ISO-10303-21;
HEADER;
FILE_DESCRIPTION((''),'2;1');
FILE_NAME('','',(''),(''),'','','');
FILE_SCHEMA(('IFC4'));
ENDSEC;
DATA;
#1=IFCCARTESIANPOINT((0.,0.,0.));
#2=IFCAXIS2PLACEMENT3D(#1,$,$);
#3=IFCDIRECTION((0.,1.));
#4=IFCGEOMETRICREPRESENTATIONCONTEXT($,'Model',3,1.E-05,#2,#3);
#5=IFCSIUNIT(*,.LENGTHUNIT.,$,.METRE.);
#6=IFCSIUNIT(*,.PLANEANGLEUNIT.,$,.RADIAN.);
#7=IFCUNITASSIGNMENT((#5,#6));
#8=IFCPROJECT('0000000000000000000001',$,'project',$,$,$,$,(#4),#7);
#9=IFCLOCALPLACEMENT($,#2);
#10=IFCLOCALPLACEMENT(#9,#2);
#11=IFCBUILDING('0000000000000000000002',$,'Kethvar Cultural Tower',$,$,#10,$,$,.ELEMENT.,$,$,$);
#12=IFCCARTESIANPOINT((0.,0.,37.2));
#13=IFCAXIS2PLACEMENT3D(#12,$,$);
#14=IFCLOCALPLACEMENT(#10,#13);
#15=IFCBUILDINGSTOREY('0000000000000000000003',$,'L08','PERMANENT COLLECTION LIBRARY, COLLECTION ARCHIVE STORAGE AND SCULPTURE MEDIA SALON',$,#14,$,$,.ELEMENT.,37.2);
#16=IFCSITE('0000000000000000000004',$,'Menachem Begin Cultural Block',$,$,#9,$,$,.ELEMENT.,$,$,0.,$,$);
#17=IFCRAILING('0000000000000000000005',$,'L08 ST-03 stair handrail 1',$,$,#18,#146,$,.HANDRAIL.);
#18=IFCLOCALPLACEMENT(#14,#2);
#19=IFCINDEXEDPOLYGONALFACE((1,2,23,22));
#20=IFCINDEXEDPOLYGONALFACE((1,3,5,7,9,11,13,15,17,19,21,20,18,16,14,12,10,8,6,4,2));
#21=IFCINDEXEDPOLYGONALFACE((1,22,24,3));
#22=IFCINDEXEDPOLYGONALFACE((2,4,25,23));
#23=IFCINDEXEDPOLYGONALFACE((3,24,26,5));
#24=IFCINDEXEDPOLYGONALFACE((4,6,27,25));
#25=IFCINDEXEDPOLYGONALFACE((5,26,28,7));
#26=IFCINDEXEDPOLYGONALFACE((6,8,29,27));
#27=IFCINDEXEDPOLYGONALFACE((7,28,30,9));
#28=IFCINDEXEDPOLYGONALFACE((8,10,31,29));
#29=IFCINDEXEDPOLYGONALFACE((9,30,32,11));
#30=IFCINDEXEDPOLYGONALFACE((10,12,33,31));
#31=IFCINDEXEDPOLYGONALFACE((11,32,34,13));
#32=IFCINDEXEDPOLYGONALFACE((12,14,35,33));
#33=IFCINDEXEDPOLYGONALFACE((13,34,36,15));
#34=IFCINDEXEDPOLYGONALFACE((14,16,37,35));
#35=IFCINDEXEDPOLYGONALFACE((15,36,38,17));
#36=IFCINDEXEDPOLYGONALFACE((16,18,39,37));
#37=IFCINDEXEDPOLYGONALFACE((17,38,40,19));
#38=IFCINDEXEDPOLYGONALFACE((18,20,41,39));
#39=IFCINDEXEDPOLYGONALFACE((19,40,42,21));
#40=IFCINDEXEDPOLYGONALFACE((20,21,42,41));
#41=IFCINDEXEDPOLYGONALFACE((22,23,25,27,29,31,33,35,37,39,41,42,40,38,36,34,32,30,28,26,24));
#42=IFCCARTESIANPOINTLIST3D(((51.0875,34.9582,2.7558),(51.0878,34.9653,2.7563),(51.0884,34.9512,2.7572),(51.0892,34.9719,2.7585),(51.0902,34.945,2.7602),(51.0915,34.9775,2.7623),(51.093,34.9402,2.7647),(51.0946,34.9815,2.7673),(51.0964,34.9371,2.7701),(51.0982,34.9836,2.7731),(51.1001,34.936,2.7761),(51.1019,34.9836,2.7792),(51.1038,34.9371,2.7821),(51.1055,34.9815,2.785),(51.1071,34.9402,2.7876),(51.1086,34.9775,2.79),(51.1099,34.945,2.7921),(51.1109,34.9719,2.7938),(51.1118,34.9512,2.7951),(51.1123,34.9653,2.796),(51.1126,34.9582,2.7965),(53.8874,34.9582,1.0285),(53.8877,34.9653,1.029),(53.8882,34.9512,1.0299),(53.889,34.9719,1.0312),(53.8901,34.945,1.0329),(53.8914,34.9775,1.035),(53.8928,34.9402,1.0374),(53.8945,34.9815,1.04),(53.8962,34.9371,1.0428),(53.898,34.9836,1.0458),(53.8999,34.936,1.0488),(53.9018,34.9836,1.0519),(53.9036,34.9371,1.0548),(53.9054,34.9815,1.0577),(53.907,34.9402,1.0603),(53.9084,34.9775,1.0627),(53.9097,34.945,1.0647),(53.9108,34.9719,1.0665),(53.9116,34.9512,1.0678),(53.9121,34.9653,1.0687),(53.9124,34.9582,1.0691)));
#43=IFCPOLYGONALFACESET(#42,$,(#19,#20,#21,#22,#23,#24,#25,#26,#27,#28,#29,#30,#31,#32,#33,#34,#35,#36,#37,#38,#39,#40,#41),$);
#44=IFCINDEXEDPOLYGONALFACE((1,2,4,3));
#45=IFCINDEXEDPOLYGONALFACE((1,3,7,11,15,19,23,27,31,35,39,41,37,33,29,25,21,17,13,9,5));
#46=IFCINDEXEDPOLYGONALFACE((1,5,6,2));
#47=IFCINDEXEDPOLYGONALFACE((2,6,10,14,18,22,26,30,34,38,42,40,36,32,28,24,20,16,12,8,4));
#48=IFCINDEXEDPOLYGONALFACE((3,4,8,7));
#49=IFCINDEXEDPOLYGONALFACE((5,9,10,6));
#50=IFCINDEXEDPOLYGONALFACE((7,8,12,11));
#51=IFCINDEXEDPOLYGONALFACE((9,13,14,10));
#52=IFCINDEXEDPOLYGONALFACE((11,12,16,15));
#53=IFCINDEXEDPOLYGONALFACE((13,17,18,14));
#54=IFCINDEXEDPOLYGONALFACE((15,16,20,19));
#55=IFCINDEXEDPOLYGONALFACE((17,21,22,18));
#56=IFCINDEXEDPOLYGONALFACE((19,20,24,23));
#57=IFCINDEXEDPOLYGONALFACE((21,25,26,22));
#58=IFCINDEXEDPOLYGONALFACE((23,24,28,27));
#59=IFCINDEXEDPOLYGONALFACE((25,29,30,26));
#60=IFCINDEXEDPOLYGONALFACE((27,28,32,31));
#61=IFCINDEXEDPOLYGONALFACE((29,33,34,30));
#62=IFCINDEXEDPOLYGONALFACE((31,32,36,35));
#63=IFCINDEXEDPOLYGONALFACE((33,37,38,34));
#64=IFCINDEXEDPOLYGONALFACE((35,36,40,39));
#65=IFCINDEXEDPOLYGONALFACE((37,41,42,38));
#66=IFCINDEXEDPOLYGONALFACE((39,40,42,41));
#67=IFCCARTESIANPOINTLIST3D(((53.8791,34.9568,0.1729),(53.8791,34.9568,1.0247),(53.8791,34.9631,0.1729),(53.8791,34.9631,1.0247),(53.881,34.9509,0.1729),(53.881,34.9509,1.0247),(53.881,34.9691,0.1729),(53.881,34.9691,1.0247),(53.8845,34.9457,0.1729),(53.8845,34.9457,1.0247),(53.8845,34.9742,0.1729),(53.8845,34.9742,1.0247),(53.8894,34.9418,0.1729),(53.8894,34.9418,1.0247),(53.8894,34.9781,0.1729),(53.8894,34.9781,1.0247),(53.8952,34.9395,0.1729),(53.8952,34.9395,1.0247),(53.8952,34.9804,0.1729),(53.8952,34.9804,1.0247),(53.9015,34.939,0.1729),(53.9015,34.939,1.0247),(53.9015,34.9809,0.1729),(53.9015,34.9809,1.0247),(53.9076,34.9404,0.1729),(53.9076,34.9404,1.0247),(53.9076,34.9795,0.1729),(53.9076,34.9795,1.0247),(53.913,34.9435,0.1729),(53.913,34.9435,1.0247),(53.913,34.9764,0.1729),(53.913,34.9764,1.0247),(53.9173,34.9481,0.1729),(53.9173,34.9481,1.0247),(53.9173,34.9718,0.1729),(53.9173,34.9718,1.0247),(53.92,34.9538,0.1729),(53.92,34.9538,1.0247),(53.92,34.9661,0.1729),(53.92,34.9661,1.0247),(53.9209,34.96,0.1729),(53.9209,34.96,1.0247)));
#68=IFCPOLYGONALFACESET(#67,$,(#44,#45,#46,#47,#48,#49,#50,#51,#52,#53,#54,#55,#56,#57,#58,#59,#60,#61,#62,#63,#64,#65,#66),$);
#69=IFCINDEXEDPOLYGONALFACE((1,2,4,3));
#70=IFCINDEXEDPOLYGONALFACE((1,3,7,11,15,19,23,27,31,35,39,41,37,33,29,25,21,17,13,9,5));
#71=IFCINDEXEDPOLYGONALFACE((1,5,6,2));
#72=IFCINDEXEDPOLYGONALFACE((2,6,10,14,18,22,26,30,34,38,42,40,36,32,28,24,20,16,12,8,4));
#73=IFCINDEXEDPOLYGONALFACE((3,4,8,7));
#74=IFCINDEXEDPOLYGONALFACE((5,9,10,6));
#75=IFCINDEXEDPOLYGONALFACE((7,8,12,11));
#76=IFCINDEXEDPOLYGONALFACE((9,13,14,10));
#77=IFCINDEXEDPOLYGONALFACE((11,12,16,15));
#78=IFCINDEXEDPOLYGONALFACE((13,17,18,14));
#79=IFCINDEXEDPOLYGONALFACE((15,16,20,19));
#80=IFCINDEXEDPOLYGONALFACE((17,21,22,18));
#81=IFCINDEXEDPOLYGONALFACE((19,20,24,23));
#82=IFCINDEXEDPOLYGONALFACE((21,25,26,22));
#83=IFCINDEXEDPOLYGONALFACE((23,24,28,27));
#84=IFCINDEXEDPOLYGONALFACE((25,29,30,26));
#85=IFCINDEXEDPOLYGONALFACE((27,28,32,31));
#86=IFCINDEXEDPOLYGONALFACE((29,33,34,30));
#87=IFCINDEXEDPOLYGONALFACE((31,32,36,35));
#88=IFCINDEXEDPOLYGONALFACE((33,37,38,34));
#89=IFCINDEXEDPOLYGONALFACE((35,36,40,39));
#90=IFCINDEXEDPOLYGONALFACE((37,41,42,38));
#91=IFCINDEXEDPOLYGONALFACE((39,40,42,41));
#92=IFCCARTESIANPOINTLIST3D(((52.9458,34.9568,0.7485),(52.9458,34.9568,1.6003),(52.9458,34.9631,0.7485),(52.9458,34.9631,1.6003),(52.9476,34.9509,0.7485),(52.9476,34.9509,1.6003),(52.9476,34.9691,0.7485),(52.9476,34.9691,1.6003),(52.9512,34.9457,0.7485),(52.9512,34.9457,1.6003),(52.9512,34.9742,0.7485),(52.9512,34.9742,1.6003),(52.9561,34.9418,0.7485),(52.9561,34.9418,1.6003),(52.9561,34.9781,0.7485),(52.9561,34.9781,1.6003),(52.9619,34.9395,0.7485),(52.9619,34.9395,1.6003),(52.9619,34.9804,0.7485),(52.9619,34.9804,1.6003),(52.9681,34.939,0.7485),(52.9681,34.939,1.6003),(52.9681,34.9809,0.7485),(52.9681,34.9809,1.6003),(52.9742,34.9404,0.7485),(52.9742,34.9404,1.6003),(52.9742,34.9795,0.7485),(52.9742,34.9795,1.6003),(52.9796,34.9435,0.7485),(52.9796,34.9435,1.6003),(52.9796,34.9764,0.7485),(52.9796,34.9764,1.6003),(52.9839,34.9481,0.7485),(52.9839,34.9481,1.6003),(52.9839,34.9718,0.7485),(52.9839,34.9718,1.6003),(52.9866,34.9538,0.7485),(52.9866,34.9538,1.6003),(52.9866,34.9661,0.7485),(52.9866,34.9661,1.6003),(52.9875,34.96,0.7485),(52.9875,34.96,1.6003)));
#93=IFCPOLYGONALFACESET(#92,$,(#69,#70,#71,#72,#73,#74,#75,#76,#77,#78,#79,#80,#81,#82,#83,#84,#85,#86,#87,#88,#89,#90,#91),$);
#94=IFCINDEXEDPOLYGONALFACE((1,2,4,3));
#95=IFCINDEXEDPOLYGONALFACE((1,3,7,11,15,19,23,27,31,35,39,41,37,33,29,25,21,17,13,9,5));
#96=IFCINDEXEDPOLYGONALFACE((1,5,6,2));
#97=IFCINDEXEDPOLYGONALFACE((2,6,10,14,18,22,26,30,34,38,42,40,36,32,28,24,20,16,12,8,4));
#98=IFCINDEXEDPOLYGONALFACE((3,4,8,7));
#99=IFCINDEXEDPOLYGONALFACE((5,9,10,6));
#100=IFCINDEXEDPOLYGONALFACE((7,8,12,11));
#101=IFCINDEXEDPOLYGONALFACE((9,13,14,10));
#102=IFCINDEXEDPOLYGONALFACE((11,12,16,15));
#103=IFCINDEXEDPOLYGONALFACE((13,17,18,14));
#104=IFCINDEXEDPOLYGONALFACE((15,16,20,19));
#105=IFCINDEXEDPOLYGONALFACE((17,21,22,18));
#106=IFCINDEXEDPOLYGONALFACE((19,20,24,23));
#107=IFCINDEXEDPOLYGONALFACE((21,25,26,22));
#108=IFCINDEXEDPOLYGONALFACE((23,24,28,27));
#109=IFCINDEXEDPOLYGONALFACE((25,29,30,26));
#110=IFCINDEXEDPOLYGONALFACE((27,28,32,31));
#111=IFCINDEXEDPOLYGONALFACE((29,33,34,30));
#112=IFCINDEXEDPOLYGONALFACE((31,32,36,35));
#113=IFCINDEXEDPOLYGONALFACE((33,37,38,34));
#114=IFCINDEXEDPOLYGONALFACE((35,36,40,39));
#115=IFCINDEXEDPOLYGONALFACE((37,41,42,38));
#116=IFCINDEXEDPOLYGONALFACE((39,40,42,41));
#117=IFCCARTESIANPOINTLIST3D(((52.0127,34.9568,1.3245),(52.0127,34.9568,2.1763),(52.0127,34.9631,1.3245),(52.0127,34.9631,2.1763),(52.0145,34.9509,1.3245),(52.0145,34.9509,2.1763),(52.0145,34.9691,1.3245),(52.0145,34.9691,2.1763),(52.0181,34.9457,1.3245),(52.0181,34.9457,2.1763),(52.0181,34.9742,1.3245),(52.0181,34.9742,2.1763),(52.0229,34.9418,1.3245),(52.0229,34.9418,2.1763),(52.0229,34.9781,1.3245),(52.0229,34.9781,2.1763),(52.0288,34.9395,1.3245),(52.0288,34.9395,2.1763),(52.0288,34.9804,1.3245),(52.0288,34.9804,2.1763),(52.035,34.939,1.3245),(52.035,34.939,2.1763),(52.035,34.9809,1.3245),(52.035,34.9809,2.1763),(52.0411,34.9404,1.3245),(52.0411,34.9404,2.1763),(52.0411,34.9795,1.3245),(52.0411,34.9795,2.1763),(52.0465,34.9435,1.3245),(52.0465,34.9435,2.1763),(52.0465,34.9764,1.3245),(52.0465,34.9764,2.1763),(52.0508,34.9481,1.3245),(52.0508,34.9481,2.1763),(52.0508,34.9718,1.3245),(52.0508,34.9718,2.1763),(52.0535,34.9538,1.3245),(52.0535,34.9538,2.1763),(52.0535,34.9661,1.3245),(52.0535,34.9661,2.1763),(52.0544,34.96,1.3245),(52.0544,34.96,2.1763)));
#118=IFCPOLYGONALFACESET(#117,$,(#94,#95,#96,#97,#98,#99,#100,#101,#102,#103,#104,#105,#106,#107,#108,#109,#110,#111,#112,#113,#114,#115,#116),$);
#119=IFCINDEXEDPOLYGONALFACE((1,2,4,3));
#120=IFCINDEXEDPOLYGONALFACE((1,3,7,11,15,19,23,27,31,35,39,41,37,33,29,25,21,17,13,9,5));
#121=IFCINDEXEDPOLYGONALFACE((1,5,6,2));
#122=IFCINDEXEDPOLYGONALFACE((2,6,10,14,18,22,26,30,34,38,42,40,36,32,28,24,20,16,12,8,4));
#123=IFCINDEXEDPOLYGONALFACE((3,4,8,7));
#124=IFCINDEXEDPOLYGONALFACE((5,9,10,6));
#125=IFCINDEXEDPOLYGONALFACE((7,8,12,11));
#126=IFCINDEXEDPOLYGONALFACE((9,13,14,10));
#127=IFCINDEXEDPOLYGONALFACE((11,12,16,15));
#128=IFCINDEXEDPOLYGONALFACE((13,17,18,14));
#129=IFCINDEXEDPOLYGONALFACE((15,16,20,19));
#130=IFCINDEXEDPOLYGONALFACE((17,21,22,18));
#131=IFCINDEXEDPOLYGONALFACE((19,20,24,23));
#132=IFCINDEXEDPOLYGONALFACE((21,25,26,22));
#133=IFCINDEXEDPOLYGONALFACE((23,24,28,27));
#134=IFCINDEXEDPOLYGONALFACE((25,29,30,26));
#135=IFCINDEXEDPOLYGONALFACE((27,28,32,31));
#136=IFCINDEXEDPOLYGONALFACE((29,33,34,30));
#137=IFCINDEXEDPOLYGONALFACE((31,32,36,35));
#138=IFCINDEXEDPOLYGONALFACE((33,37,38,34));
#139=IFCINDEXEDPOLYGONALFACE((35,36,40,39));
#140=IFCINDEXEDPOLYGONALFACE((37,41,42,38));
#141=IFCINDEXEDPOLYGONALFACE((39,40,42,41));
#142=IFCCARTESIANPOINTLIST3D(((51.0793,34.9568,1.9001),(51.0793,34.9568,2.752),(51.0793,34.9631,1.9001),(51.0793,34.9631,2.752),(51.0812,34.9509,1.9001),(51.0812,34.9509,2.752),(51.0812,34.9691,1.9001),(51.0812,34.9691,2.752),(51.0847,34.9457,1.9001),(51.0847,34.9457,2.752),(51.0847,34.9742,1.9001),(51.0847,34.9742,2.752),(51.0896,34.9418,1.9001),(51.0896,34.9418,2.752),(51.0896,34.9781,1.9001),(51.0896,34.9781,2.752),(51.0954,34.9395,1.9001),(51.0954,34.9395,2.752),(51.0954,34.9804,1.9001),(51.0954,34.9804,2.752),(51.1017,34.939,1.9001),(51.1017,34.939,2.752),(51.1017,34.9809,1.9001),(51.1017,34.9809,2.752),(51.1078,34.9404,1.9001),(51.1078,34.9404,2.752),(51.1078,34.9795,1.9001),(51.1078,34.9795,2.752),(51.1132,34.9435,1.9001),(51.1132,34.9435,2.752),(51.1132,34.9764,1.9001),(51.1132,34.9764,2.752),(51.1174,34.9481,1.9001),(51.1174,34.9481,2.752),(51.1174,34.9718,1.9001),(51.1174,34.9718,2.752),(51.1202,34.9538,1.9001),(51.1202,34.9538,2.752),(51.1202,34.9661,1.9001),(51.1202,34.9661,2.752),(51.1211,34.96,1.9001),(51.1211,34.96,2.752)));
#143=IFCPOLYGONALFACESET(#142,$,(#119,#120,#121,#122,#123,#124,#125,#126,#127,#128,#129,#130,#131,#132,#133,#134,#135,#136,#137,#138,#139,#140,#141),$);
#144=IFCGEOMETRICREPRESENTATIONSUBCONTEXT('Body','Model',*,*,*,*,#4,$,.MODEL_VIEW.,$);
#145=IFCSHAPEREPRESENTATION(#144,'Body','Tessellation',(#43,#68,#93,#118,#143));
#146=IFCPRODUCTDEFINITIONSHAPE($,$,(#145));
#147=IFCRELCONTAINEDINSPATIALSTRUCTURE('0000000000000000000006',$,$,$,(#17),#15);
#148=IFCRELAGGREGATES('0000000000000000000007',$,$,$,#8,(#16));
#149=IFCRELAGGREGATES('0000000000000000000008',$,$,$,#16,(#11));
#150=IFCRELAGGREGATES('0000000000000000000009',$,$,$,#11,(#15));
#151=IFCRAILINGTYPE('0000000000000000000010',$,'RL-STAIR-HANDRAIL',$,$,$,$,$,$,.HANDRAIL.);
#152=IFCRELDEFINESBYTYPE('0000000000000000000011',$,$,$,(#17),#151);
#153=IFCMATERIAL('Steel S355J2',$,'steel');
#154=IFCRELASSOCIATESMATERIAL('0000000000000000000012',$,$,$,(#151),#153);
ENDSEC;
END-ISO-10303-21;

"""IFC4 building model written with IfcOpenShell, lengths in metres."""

from ifc_helpers import new_model, si_unit, direction, frame, origin, origin_2d, place, context, subcontext, project, spatial, circle, extrude, material, type_object, element, save


model = new_model("IFC4")

# Units and contexts
model_context = context("Model", 3, precision=1e-05, world=origin(), true_north=direction((0.0, 1.0)))
body_context = subcontext(model_context, "Body", "Model", "MODEL_VIEW")
ifc_project = project(units=[si_unit("LENGTHUNIT", "METRE"), si_unit("PLANEANGLEUNIT", "RADIAN")], contexts=[model_context])

# Site, building, storey
site_placement = place(None, origin())
site = spatial("IfcSite", under=ifc_project, at=site_placement, Name="Menachem Begin Cultural Block", CompositionType="ELEMENT", RefElevation=0.0)
building_placement = place(site_placement, origin())
building = spatial("IfcBuilding", under=site, at=building_placement, Name="Kethvar Cultural Tower", CompositionType="ELEMENT")
storey_placement = place(building_placement, frame((0.0, 0.0, 37.2)))
storey = spatial("IfcBuildingStorey", under=building, at=storey_placement, Name="L08", Description="PERMANENT COLLECTION LIBRARY, COLLECTION ARCHIVE STORAGE AND SCULPTURE MEDIA SALON", CompositionType="ELEMENT", Elevation=37.2)

# Shared definitions
ifc_material_1 = material(Name="Steel S355J2", Category="steel")

# Railing
railing_type_1 = type_object("IfcRailingType", Name="RL-STAIR-HANDRAIL", PredefinedType="HANDRAIL", material=ifc_material_1)
railing_1_placement = place(storey_placement, frame((53.8999, 34.96, 0.1729)))
element("IfcRailing", 1, at=railing_1_placement, inside=storey, type_object=railing_type_1, Name="L08 ST-03 stair handrail 1", PredefinedType="HANDRAIL", context=body_context, shape_type="SweptSolid", body=[
    extrude(circle(Radius=0.0239, at=origin_2d()), frame((0.0, 0.0, 0.876), z_axis=(-0.851069, 0.0, 0.525054), x_axis=(0.0, -1.0, 0.0)), (0.0, 0.0, 1.0), 3.2898),
    extrude(circle(Radius=0.021, at=origin_2d()), origin(), (0.0, 0.0, 1.0), 0.8518),
    extrude(circle(Radius=0.021, at=origin_2d()), frame((-0.9333, 0.0, 0.5757)), (0.0, 0.0, 1.0), 0.8518),
    extrude(circle(Radius=0.021, at=origin_2d()), frame((-1.8665, 0.0, 1.1516)), (0.0, 0.0, 1.0), 0.8518),
    extrude(circle(Radius=0.021, at=origin_2d()), frame((-2.7998, 0.0, 1.7273)), (0.0, 0.0, 1.0), 0.8518),
])

save(model, "model.ifc")
